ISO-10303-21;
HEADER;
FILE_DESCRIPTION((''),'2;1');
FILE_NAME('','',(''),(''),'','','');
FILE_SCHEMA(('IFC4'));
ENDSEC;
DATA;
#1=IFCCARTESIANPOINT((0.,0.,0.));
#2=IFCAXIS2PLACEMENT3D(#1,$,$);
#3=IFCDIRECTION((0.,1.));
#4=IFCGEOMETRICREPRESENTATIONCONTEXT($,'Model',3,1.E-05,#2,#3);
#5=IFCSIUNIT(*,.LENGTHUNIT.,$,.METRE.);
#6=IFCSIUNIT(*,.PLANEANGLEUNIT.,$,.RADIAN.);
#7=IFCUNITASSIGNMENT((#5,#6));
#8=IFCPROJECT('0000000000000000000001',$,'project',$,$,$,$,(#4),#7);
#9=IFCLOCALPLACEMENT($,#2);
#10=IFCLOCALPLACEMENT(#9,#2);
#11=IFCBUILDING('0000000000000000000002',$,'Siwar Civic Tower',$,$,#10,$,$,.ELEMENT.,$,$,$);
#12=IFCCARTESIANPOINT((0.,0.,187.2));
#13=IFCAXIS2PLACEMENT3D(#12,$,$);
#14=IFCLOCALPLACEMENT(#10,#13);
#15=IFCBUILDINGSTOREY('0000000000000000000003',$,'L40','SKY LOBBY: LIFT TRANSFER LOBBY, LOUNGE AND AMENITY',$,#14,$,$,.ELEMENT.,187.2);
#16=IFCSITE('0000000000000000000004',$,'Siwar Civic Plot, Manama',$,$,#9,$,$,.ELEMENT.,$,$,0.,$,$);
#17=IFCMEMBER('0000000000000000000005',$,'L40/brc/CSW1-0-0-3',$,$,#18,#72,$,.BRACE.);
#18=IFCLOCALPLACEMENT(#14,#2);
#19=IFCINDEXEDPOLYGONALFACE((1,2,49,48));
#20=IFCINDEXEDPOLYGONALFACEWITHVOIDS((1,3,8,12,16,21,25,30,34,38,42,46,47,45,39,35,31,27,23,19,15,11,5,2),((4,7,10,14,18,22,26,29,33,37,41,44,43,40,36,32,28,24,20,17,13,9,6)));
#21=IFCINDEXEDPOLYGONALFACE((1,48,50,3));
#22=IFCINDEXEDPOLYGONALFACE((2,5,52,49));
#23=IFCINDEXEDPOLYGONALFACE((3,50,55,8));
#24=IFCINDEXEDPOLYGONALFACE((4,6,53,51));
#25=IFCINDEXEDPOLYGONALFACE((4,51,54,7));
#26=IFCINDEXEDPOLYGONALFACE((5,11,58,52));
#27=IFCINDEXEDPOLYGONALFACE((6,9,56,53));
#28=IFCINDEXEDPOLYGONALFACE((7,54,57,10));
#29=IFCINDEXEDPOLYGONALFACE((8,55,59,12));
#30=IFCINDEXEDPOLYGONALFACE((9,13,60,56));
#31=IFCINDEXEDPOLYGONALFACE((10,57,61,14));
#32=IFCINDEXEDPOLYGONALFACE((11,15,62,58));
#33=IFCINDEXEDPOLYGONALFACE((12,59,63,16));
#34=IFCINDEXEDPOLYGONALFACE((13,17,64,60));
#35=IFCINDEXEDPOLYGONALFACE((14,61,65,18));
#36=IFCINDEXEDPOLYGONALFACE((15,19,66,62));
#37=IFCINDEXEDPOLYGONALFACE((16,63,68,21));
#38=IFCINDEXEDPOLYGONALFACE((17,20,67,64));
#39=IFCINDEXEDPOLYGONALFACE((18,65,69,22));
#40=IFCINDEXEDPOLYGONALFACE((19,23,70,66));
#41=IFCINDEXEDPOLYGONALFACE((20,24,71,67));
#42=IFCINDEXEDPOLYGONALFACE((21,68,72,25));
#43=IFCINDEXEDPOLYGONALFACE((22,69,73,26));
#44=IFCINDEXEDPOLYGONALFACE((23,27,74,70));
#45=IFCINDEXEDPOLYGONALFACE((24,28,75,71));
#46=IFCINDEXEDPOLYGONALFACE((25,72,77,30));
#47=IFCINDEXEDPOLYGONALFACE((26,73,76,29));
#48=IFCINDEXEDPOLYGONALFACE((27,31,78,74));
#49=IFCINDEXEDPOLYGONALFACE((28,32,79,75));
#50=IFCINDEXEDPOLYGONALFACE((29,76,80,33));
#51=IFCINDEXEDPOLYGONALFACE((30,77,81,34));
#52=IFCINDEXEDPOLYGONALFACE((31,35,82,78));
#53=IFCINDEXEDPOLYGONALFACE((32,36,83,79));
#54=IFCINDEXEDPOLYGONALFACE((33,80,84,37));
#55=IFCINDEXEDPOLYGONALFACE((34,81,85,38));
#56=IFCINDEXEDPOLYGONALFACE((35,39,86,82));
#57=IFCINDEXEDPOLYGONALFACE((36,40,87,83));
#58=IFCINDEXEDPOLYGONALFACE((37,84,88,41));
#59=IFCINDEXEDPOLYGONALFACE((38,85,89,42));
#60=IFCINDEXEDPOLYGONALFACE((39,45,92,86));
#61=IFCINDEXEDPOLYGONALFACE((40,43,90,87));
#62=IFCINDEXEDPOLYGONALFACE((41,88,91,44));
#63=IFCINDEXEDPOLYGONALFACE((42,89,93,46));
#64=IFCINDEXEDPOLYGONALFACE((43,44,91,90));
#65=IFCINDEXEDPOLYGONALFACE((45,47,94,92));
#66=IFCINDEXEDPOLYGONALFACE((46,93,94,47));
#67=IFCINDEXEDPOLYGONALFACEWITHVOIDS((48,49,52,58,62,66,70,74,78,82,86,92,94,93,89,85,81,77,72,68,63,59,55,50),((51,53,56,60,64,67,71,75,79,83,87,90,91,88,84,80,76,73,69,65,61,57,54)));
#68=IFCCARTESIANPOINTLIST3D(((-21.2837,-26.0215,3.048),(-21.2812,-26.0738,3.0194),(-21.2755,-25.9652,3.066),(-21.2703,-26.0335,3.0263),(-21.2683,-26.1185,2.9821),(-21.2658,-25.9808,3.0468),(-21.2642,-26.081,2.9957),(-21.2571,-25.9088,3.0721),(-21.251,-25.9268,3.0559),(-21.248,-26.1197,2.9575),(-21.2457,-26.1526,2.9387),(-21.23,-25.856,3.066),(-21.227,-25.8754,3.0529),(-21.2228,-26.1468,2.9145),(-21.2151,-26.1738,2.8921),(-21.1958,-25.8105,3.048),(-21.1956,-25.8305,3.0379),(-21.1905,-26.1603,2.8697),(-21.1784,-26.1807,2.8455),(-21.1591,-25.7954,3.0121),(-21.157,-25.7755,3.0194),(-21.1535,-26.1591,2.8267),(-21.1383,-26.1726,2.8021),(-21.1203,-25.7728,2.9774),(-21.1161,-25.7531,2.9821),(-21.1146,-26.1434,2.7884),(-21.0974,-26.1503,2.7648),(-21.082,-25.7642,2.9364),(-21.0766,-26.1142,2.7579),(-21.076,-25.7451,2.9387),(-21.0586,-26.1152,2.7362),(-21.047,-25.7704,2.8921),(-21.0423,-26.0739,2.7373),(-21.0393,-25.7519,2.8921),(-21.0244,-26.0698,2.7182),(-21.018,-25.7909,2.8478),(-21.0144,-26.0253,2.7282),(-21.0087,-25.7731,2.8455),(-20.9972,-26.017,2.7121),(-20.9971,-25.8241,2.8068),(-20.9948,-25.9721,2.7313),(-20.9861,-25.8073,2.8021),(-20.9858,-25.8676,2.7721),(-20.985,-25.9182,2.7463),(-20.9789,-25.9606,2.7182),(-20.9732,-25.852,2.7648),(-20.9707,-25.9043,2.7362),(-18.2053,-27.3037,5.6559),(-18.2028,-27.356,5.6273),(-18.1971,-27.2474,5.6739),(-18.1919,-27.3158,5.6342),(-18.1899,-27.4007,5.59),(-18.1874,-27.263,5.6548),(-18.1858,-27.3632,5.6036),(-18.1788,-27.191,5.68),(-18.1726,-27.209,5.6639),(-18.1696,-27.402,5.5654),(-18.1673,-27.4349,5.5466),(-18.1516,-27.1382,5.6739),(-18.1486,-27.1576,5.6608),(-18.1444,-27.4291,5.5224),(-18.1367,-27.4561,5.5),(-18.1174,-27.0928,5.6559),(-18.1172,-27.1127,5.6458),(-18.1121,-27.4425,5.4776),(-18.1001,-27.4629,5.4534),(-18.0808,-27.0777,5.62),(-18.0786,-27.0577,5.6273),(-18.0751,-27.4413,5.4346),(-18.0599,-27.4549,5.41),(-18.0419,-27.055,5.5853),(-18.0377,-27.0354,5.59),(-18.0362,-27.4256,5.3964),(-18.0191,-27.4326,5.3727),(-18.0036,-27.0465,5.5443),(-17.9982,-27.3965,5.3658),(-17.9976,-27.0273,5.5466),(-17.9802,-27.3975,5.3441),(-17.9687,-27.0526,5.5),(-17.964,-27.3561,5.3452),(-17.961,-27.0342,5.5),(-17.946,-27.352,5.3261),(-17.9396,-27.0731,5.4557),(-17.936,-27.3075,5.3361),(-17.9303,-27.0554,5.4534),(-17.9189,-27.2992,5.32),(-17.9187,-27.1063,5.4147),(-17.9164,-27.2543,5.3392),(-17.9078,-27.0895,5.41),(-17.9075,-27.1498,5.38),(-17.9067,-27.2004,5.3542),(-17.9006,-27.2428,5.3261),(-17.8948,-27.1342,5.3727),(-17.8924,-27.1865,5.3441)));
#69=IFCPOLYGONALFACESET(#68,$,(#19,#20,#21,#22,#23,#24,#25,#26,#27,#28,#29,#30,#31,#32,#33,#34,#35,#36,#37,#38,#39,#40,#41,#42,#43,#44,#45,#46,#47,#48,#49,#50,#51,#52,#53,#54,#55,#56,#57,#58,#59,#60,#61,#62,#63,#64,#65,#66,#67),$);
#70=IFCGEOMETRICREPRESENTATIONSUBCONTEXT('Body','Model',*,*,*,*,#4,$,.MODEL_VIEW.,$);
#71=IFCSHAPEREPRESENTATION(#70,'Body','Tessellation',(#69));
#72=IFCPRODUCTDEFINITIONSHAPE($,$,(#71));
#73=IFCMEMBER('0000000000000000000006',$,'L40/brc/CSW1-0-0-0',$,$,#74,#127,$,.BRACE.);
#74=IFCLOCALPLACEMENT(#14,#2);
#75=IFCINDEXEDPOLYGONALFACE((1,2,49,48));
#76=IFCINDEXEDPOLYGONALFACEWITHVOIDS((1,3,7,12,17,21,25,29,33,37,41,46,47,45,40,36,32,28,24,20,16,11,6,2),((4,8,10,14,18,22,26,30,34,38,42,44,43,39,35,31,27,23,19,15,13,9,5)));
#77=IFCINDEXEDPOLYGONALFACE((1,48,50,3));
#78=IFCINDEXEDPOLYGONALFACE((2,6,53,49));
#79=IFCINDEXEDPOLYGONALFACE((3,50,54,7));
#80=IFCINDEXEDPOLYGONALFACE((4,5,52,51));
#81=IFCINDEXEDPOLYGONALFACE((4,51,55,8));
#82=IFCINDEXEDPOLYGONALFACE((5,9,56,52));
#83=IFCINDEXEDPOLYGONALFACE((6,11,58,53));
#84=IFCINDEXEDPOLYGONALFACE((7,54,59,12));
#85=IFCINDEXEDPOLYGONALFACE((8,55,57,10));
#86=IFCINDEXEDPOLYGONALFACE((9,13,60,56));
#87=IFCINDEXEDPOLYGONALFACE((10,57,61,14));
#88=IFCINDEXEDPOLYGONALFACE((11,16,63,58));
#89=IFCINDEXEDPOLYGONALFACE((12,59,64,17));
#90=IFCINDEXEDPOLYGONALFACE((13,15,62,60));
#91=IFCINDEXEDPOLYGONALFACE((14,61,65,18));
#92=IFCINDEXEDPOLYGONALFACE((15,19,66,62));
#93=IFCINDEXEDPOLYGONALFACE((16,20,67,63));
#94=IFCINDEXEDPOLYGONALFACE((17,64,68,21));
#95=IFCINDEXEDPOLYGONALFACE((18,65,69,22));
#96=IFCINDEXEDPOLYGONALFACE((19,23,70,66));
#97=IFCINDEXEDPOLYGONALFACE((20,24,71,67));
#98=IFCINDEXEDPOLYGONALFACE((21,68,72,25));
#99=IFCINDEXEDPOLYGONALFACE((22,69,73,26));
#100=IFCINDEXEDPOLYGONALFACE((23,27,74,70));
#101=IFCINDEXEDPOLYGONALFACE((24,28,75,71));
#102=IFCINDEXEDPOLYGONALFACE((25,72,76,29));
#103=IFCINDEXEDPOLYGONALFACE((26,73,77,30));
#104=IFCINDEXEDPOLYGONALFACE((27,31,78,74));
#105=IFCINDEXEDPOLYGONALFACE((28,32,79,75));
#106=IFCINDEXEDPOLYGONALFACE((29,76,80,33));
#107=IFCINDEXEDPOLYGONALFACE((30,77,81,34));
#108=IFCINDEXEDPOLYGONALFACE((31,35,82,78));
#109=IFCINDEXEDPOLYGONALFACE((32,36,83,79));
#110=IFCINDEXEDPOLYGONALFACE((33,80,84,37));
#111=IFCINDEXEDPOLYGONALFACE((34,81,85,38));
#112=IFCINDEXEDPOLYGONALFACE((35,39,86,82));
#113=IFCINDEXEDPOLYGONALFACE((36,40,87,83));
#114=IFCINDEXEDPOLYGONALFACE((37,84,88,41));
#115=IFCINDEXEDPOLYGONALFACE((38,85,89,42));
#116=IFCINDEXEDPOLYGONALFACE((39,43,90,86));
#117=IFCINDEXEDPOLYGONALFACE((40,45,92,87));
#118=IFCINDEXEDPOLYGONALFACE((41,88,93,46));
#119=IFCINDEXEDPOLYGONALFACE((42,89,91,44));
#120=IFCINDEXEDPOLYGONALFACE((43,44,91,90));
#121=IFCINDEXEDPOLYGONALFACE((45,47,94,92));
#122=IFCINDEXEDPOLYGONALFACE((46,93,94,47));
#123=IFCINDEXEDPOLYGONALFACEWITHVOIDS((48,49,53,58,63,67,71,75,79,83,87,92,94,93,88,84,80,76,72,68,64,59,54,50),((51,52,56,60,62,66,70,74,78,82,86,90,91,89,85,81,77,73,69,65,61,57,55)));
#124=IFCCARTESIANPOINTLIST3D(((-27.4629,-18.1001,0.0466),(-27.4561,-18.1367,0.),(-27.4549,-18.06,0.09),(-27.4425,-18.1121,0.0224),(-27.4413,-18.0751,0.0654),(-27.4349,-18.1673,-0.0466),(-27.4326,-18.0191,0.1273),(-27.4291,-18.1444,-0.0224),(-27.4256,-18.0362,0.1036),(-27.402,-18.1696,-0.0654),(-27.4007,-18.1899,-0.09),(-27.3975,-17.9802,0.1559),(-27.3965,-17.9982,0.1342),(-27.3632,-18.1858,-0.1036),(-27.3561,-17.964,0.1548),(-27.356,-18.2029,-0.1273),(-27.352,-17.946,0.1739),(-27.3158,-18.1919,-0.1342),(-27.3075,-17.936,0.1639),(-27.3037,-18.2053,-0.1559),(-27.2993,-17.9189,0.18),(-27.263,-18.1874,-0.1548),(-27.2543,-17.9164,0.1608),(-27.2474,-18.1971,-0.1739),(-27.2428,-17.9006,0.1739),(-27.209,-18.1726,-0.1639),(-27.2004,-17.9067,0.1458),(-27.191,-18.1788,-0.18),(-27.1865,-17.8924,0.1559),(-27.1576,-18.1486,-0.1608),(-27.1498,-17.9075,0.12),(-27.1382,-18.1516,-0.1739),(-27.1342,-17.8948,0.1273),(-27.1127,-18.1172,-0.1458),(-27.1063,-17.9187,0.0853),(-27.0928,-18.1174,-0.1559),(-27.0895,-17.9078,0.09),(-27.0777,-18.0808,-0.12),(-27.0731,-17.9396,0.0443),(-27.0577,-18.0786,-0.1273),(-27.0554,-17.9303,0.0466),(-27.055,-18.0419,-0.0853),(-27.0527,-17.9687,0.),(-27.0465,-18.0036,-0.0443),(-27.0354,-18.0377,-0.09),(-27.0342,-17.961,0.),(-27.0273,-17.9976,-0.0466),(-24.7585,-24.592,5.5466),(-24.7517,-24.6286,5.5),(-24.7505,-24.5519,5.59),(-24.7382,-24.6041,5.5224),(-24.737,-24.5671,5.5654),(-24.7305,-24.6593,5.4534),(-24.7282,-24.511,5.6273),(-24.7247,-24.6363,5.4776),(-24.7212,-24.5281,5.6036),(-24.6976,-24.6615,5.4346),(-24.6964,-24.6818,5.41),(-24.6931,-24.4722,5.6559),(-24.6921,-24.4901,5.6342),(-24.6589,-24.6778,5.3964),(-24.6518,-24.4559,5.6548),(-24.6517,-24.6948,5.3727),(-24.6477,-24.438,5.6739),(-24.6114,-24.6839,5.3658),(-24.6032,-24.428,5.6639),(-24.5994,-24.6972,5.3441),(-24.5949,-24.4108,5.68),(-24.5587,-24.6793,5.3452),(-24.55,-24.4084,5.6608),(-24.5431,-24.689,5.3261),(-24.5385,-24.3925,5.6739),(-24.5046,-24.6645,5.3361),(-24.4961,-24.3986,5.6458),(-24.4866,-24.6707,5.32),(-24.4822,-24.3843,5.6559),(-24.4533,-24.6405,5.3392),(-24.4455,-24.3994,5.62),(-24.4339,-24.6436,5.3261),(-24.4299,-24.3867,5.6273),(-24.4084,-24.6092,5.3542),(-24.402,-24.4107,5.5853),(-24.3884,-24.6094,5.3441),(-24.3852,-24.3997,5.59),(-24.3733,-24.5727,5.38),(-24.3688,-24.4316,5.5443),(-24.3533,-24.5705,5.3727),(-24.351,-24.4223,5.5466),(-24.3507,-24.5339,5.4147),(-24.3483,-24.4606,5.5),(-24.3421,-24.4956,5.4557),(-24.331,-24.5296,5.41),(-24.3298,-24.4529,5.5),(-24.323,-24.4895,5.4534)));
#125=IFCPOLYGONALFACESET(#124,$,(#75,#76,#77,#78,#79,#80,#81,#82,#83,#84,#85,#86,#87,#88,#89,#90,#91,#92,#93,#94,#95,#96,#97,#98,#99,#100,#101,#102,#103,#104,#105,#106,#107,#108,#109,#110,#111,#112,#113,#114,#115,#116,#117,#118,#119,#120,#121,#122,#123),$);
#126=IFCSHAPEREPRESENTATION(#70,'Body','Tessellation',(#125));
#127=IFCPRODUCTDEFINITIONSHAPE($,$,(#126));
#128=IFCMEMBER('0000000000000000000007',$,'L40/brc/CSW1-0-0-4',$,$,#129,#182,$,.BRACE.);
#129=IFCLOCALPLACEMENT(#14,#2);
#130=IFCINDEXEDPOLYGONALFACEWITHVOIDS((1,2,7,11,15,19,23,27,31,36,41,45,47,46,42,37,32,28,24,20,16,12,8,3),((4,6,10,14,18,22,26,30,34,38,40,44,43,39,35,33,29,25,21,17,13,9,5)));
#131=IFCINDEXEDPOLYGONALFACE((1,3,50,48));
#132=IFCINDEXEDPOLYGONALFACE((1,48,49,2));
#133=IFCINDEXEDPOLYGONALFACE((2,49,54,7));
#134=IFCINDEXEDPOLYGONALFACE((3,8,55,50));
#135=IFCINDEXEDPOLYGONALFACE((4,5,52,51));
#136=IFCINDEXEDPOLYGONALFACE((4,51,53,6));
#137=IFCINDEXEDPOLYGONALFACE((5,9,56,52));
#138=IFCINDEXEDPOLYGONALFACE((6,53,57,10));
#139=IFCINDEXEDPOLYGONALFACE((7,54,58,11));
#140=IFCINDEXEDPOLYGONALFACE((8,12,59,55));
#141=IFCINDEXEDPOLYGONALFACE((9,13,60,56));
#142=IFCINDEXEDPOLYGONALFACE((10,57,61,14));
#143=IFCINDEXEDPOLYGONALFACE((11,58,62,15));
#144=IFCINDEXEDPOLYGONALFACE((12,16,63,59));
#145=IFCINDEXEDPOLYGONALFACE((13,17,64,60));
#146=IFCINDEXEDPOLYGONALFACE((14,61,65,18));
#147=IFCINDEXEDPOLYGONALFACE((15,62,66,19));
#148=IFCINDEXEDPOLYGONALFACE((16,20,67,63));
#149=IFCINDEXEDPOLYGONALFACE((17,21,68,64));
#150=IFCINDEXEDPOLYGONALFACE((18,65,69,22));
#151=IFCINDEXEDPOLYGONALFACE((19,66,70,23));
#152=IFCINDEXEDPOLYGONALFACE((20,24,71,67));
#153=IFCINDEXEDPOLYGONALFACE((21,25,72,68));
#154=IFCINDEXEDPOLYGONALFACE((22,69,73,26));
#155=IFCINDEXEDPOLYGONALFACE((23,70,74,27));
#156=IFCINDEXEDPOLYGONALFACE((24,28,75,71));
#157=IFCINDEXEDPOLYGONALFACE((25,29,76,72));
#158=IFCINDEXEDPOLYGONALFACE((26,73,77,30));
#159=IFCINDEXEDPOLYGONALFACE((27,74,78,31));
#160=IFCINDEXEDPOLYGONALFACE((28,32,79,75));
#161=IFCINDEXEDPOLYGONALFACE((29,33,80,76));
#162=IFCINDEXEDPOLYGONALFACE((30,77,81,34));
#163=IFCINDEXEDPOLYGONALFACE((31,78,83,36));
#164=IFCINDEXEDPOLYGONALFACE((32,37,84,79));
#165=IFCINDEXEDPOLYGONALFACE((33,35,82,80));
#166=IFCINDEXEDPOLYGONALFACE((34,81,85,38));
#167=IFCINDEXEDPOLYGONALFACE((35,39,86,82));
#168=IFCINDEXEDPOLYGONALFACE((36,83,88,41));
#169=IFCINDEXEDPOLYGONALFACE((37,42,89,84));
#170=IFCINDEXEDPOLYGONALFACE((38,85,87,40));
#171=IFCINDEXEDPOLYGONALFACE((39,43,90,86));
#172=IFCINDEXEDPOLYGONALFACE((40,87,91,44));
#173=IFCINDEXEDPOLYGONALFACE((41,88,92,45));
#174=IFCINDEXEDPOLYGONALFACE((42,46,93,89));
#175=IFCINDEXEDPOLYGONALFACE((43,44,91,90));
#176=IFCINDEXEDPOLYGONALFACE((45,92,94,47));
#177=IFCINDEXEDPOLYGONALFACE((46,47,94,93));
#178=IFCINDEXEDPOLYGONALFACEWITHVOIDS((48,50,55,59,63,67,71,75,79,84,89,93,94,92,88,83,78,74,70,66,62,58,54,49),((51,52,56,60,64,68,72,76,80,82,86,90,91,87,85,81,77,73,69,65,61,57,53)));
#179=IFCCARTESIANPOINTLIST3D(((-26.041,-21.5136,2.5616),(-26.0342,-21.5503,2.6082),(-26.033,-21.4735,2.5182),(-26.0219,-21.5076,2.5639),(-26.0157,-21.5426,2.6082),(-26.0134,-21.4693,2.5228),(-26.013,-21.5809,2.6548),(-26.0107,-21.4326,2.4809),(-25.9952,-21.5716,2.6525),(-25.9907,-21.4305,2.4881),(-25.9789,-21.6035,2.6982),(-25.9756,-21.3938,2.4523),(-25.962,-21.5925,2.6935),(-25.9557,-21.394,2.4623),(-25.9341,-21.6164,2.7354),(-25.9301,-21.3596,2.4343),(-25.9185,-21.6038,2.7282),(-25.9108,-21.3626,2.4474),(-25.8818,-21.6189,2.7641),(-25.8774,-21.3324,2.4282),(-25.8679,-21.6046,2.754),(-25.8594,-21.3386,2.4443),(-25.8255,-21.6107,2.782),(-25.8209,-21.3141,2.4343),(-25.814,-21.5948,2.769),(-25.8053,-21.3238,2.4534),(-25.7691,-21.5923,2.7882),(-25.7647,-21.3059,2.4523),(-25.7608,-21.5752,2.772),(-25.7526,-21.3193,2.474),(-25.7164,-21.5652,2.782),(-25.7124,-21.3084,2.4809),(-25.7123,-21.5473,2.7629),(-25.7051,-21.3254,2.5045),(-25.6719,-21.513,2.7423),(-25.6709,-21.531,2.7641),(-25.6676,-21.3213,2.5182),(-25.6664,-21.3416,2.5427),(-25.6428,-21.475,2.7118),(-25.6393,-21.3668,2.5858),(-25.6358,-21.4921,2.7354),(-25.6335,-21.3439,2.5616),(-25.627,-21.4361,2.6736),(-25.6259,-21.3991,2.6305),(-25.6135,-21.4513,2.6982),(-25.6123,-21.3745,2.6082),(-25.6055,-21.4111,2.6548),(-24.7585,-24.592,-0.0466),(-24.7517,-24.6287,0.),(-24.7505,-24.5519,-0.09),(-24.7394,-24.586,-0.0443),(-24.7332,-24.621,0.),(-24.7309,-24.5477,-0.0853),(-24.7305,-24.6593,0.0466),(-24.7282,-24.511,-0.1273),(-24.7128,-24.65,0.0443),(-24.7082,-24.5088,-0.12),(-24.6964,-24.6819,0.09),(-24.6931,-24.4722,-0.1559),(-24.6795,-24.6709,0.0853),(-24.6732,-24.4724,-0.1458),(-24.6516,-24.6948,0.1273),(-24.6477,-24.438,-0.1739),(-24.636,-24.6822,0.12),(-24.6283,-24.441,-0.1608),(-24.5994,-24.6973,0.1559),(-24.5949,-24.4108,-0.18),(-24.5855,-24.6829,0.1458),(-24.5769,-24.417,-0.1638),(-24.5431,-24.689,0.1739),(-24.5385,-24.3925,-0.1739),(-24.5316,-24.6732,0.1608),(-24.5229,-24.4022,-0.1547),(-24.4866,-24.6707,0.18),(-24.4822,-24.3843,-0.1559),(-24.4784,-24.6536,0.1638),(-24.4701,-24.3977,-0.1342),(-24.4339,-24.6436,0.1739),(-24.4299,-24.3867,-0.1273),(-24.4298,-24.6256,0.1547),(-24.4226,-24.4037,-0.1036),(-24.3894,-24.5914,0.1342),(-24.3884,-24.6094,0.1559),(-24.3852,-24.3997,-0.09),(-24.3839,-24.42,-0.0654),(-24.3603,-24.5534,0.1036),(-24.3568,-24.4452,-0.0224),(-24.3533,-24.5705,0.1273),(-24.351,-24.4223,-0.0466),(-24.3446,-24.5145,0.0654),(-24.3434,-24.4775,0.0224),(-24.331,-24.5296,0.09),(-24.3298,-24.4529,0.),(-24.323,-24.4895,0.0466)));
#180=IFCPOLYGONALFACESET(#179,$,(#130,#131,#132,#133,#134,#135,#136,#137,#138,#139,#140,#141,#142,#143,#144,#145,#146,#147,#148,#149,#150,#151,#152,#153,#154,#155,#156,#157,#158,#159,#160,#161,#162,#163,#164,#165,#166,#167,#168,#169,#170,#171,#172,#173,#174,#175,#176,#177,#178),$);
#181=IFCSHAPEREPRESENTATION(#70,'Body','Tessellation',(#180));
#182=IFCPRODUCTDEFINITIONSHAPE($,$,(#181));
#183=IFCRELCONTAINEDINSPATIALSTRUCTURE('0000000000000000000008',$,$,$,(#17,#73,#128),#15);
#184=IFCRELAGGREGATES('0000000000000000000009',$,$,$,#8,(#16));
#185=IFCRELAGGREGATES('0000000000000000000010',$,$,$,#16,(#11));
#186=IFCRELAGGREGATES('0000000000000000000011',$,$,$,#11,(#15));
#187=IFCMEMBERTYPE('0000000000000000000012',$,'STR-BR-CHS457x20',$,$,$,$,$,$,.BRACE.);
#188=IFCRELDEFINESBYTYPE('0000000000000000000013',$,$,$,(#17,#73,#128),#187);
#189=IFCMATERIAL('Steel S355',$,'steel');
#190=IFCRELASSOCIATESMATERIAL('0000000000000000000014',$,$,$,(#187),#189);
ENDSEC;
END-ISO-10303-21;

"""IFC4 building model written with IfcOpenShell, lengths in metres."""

from ifc_helpers import new_model, si_unit, direction, frame, origin, origin_2d, place, context, subcontext, project, spatial, hollow_circle, extrude, material, material_profile, profile_set, type_object, element, save


model = new_model("IFC4")

# Units and contexts
model_context = context("Model", 3, precision=1e-05, world=origin(), true_north=direction((0.0, 1.0)))
body_context = subcontext(model_context, "Body", "Model", "MODEL_VIEW")
ifc_project = project(units=[si_unit("LENGTHUNIT", "METRE"), si_unit("PLANEANGLEUNIT", "RADIAN")], contexts=[model_context])

# Site, building, storey
site_placement = place(None, origin())
site = spatial("IfcSite", under=ifc_project, at=site_placement, Name="Siwar Civic Plot, Manama", CompositionType="ELEMENT", RefElevation=0.0)
building_placement = place(site_placement, origin())
building = spatial("IfcBuilding", under=site, at=building_placement, Name="Siwar Civic Tower", CompositionType="ELEMENT")
storey_placement = place(building_placement, frame((0.0, 0.0, 187.2)))
storey = spatial("IfcBuildingStorey", under=building, at=storey_placement, Name="L40", Description="SKY LOBBY: LIFT TRANSFER LOBBY, LOUNGE AND AMENITY", CompositionType="ELEMENT", Elevation=187.2)

# Members
ifc_material_1 = material(Name="Steel S355", Category="steel")
ifc_material_profile_1 = material_profile(ifc_material_1, hollow_circle(Radius=0.2285, WallThickness=0.02, at=origin_2d()), Name="CHS457x20")
ifc_profile_set_1 = profile_set([ifc_material_profile_1], Name="Steel S355")
member_type_1 = type_object("IfcMemberType", Name="STR-BR-CHS457x20", PredefinedType="BRACE", material=ifc_profile_set_1)
member_1_placement = place(storey_placement, frame((-21.1272, -25.9629, 2.8921), z_axis=(0.727163, -0.302884, 0.616032), x_axis=(0.384506, 0.923122, 0.0)))
element("IfcMember", 1, at=member_1_placement, inside=storey, type_object=member_type_1, Name="L40/brc/CSW1-0-0-3", PredefinedType="BRACE", context=body_context, shape_type="SweptSolid", body=[
    extrude(hollow_circle(Radius=0.2285, WallThickness=0.02, at=origin_2d()), origin(), (0.0, 0.0, 1.0), 4.2334),
])
member_2_placement = place(storey_placement, frame((-27.2451, -18.0488, 0.0), z_axis=(0.302907, -0.727146, 0.616041), x_axis=(0.923109, 0.384539, 0.0)))
element("IfcMember", 2, at=member_2_placement, inside=storey, type_object=member_type_1, Name="L40/brc/CSW1-0-0-0", PredefinedType="BRACE", context=body_context, shape_type="SweptSolid", body=[
    extrude(hollow_circle(Radius=0.2285, WallThickness=0.02, at=origin_2d()), origin(), (0.0, 0.0, 1.0), 8.928),
])
member_3_placement = place(storey_placement, frame((-24.5408, -24.5408, 0.0), z_axis=(-0.302925, 0.727124, 0.616057), x_axis=(-0.923096, -0.384569, 0.0)))
element("IfcMember", 3, at=member_3_placement, inside=storey, type_object=member_type_1, Name="L40/brc/CSW1-0-0-4", PredefinedType="BRACE", context=body_context, shape_type="SweptSolid", body=[
    extrude(hollow_circle(Radius=0.2285, WallThickness=0.02, at=origin_2d()), origin(), (0.0, 0.0, 1.0), 4.2336),
])

save(model, "model.ifc")
